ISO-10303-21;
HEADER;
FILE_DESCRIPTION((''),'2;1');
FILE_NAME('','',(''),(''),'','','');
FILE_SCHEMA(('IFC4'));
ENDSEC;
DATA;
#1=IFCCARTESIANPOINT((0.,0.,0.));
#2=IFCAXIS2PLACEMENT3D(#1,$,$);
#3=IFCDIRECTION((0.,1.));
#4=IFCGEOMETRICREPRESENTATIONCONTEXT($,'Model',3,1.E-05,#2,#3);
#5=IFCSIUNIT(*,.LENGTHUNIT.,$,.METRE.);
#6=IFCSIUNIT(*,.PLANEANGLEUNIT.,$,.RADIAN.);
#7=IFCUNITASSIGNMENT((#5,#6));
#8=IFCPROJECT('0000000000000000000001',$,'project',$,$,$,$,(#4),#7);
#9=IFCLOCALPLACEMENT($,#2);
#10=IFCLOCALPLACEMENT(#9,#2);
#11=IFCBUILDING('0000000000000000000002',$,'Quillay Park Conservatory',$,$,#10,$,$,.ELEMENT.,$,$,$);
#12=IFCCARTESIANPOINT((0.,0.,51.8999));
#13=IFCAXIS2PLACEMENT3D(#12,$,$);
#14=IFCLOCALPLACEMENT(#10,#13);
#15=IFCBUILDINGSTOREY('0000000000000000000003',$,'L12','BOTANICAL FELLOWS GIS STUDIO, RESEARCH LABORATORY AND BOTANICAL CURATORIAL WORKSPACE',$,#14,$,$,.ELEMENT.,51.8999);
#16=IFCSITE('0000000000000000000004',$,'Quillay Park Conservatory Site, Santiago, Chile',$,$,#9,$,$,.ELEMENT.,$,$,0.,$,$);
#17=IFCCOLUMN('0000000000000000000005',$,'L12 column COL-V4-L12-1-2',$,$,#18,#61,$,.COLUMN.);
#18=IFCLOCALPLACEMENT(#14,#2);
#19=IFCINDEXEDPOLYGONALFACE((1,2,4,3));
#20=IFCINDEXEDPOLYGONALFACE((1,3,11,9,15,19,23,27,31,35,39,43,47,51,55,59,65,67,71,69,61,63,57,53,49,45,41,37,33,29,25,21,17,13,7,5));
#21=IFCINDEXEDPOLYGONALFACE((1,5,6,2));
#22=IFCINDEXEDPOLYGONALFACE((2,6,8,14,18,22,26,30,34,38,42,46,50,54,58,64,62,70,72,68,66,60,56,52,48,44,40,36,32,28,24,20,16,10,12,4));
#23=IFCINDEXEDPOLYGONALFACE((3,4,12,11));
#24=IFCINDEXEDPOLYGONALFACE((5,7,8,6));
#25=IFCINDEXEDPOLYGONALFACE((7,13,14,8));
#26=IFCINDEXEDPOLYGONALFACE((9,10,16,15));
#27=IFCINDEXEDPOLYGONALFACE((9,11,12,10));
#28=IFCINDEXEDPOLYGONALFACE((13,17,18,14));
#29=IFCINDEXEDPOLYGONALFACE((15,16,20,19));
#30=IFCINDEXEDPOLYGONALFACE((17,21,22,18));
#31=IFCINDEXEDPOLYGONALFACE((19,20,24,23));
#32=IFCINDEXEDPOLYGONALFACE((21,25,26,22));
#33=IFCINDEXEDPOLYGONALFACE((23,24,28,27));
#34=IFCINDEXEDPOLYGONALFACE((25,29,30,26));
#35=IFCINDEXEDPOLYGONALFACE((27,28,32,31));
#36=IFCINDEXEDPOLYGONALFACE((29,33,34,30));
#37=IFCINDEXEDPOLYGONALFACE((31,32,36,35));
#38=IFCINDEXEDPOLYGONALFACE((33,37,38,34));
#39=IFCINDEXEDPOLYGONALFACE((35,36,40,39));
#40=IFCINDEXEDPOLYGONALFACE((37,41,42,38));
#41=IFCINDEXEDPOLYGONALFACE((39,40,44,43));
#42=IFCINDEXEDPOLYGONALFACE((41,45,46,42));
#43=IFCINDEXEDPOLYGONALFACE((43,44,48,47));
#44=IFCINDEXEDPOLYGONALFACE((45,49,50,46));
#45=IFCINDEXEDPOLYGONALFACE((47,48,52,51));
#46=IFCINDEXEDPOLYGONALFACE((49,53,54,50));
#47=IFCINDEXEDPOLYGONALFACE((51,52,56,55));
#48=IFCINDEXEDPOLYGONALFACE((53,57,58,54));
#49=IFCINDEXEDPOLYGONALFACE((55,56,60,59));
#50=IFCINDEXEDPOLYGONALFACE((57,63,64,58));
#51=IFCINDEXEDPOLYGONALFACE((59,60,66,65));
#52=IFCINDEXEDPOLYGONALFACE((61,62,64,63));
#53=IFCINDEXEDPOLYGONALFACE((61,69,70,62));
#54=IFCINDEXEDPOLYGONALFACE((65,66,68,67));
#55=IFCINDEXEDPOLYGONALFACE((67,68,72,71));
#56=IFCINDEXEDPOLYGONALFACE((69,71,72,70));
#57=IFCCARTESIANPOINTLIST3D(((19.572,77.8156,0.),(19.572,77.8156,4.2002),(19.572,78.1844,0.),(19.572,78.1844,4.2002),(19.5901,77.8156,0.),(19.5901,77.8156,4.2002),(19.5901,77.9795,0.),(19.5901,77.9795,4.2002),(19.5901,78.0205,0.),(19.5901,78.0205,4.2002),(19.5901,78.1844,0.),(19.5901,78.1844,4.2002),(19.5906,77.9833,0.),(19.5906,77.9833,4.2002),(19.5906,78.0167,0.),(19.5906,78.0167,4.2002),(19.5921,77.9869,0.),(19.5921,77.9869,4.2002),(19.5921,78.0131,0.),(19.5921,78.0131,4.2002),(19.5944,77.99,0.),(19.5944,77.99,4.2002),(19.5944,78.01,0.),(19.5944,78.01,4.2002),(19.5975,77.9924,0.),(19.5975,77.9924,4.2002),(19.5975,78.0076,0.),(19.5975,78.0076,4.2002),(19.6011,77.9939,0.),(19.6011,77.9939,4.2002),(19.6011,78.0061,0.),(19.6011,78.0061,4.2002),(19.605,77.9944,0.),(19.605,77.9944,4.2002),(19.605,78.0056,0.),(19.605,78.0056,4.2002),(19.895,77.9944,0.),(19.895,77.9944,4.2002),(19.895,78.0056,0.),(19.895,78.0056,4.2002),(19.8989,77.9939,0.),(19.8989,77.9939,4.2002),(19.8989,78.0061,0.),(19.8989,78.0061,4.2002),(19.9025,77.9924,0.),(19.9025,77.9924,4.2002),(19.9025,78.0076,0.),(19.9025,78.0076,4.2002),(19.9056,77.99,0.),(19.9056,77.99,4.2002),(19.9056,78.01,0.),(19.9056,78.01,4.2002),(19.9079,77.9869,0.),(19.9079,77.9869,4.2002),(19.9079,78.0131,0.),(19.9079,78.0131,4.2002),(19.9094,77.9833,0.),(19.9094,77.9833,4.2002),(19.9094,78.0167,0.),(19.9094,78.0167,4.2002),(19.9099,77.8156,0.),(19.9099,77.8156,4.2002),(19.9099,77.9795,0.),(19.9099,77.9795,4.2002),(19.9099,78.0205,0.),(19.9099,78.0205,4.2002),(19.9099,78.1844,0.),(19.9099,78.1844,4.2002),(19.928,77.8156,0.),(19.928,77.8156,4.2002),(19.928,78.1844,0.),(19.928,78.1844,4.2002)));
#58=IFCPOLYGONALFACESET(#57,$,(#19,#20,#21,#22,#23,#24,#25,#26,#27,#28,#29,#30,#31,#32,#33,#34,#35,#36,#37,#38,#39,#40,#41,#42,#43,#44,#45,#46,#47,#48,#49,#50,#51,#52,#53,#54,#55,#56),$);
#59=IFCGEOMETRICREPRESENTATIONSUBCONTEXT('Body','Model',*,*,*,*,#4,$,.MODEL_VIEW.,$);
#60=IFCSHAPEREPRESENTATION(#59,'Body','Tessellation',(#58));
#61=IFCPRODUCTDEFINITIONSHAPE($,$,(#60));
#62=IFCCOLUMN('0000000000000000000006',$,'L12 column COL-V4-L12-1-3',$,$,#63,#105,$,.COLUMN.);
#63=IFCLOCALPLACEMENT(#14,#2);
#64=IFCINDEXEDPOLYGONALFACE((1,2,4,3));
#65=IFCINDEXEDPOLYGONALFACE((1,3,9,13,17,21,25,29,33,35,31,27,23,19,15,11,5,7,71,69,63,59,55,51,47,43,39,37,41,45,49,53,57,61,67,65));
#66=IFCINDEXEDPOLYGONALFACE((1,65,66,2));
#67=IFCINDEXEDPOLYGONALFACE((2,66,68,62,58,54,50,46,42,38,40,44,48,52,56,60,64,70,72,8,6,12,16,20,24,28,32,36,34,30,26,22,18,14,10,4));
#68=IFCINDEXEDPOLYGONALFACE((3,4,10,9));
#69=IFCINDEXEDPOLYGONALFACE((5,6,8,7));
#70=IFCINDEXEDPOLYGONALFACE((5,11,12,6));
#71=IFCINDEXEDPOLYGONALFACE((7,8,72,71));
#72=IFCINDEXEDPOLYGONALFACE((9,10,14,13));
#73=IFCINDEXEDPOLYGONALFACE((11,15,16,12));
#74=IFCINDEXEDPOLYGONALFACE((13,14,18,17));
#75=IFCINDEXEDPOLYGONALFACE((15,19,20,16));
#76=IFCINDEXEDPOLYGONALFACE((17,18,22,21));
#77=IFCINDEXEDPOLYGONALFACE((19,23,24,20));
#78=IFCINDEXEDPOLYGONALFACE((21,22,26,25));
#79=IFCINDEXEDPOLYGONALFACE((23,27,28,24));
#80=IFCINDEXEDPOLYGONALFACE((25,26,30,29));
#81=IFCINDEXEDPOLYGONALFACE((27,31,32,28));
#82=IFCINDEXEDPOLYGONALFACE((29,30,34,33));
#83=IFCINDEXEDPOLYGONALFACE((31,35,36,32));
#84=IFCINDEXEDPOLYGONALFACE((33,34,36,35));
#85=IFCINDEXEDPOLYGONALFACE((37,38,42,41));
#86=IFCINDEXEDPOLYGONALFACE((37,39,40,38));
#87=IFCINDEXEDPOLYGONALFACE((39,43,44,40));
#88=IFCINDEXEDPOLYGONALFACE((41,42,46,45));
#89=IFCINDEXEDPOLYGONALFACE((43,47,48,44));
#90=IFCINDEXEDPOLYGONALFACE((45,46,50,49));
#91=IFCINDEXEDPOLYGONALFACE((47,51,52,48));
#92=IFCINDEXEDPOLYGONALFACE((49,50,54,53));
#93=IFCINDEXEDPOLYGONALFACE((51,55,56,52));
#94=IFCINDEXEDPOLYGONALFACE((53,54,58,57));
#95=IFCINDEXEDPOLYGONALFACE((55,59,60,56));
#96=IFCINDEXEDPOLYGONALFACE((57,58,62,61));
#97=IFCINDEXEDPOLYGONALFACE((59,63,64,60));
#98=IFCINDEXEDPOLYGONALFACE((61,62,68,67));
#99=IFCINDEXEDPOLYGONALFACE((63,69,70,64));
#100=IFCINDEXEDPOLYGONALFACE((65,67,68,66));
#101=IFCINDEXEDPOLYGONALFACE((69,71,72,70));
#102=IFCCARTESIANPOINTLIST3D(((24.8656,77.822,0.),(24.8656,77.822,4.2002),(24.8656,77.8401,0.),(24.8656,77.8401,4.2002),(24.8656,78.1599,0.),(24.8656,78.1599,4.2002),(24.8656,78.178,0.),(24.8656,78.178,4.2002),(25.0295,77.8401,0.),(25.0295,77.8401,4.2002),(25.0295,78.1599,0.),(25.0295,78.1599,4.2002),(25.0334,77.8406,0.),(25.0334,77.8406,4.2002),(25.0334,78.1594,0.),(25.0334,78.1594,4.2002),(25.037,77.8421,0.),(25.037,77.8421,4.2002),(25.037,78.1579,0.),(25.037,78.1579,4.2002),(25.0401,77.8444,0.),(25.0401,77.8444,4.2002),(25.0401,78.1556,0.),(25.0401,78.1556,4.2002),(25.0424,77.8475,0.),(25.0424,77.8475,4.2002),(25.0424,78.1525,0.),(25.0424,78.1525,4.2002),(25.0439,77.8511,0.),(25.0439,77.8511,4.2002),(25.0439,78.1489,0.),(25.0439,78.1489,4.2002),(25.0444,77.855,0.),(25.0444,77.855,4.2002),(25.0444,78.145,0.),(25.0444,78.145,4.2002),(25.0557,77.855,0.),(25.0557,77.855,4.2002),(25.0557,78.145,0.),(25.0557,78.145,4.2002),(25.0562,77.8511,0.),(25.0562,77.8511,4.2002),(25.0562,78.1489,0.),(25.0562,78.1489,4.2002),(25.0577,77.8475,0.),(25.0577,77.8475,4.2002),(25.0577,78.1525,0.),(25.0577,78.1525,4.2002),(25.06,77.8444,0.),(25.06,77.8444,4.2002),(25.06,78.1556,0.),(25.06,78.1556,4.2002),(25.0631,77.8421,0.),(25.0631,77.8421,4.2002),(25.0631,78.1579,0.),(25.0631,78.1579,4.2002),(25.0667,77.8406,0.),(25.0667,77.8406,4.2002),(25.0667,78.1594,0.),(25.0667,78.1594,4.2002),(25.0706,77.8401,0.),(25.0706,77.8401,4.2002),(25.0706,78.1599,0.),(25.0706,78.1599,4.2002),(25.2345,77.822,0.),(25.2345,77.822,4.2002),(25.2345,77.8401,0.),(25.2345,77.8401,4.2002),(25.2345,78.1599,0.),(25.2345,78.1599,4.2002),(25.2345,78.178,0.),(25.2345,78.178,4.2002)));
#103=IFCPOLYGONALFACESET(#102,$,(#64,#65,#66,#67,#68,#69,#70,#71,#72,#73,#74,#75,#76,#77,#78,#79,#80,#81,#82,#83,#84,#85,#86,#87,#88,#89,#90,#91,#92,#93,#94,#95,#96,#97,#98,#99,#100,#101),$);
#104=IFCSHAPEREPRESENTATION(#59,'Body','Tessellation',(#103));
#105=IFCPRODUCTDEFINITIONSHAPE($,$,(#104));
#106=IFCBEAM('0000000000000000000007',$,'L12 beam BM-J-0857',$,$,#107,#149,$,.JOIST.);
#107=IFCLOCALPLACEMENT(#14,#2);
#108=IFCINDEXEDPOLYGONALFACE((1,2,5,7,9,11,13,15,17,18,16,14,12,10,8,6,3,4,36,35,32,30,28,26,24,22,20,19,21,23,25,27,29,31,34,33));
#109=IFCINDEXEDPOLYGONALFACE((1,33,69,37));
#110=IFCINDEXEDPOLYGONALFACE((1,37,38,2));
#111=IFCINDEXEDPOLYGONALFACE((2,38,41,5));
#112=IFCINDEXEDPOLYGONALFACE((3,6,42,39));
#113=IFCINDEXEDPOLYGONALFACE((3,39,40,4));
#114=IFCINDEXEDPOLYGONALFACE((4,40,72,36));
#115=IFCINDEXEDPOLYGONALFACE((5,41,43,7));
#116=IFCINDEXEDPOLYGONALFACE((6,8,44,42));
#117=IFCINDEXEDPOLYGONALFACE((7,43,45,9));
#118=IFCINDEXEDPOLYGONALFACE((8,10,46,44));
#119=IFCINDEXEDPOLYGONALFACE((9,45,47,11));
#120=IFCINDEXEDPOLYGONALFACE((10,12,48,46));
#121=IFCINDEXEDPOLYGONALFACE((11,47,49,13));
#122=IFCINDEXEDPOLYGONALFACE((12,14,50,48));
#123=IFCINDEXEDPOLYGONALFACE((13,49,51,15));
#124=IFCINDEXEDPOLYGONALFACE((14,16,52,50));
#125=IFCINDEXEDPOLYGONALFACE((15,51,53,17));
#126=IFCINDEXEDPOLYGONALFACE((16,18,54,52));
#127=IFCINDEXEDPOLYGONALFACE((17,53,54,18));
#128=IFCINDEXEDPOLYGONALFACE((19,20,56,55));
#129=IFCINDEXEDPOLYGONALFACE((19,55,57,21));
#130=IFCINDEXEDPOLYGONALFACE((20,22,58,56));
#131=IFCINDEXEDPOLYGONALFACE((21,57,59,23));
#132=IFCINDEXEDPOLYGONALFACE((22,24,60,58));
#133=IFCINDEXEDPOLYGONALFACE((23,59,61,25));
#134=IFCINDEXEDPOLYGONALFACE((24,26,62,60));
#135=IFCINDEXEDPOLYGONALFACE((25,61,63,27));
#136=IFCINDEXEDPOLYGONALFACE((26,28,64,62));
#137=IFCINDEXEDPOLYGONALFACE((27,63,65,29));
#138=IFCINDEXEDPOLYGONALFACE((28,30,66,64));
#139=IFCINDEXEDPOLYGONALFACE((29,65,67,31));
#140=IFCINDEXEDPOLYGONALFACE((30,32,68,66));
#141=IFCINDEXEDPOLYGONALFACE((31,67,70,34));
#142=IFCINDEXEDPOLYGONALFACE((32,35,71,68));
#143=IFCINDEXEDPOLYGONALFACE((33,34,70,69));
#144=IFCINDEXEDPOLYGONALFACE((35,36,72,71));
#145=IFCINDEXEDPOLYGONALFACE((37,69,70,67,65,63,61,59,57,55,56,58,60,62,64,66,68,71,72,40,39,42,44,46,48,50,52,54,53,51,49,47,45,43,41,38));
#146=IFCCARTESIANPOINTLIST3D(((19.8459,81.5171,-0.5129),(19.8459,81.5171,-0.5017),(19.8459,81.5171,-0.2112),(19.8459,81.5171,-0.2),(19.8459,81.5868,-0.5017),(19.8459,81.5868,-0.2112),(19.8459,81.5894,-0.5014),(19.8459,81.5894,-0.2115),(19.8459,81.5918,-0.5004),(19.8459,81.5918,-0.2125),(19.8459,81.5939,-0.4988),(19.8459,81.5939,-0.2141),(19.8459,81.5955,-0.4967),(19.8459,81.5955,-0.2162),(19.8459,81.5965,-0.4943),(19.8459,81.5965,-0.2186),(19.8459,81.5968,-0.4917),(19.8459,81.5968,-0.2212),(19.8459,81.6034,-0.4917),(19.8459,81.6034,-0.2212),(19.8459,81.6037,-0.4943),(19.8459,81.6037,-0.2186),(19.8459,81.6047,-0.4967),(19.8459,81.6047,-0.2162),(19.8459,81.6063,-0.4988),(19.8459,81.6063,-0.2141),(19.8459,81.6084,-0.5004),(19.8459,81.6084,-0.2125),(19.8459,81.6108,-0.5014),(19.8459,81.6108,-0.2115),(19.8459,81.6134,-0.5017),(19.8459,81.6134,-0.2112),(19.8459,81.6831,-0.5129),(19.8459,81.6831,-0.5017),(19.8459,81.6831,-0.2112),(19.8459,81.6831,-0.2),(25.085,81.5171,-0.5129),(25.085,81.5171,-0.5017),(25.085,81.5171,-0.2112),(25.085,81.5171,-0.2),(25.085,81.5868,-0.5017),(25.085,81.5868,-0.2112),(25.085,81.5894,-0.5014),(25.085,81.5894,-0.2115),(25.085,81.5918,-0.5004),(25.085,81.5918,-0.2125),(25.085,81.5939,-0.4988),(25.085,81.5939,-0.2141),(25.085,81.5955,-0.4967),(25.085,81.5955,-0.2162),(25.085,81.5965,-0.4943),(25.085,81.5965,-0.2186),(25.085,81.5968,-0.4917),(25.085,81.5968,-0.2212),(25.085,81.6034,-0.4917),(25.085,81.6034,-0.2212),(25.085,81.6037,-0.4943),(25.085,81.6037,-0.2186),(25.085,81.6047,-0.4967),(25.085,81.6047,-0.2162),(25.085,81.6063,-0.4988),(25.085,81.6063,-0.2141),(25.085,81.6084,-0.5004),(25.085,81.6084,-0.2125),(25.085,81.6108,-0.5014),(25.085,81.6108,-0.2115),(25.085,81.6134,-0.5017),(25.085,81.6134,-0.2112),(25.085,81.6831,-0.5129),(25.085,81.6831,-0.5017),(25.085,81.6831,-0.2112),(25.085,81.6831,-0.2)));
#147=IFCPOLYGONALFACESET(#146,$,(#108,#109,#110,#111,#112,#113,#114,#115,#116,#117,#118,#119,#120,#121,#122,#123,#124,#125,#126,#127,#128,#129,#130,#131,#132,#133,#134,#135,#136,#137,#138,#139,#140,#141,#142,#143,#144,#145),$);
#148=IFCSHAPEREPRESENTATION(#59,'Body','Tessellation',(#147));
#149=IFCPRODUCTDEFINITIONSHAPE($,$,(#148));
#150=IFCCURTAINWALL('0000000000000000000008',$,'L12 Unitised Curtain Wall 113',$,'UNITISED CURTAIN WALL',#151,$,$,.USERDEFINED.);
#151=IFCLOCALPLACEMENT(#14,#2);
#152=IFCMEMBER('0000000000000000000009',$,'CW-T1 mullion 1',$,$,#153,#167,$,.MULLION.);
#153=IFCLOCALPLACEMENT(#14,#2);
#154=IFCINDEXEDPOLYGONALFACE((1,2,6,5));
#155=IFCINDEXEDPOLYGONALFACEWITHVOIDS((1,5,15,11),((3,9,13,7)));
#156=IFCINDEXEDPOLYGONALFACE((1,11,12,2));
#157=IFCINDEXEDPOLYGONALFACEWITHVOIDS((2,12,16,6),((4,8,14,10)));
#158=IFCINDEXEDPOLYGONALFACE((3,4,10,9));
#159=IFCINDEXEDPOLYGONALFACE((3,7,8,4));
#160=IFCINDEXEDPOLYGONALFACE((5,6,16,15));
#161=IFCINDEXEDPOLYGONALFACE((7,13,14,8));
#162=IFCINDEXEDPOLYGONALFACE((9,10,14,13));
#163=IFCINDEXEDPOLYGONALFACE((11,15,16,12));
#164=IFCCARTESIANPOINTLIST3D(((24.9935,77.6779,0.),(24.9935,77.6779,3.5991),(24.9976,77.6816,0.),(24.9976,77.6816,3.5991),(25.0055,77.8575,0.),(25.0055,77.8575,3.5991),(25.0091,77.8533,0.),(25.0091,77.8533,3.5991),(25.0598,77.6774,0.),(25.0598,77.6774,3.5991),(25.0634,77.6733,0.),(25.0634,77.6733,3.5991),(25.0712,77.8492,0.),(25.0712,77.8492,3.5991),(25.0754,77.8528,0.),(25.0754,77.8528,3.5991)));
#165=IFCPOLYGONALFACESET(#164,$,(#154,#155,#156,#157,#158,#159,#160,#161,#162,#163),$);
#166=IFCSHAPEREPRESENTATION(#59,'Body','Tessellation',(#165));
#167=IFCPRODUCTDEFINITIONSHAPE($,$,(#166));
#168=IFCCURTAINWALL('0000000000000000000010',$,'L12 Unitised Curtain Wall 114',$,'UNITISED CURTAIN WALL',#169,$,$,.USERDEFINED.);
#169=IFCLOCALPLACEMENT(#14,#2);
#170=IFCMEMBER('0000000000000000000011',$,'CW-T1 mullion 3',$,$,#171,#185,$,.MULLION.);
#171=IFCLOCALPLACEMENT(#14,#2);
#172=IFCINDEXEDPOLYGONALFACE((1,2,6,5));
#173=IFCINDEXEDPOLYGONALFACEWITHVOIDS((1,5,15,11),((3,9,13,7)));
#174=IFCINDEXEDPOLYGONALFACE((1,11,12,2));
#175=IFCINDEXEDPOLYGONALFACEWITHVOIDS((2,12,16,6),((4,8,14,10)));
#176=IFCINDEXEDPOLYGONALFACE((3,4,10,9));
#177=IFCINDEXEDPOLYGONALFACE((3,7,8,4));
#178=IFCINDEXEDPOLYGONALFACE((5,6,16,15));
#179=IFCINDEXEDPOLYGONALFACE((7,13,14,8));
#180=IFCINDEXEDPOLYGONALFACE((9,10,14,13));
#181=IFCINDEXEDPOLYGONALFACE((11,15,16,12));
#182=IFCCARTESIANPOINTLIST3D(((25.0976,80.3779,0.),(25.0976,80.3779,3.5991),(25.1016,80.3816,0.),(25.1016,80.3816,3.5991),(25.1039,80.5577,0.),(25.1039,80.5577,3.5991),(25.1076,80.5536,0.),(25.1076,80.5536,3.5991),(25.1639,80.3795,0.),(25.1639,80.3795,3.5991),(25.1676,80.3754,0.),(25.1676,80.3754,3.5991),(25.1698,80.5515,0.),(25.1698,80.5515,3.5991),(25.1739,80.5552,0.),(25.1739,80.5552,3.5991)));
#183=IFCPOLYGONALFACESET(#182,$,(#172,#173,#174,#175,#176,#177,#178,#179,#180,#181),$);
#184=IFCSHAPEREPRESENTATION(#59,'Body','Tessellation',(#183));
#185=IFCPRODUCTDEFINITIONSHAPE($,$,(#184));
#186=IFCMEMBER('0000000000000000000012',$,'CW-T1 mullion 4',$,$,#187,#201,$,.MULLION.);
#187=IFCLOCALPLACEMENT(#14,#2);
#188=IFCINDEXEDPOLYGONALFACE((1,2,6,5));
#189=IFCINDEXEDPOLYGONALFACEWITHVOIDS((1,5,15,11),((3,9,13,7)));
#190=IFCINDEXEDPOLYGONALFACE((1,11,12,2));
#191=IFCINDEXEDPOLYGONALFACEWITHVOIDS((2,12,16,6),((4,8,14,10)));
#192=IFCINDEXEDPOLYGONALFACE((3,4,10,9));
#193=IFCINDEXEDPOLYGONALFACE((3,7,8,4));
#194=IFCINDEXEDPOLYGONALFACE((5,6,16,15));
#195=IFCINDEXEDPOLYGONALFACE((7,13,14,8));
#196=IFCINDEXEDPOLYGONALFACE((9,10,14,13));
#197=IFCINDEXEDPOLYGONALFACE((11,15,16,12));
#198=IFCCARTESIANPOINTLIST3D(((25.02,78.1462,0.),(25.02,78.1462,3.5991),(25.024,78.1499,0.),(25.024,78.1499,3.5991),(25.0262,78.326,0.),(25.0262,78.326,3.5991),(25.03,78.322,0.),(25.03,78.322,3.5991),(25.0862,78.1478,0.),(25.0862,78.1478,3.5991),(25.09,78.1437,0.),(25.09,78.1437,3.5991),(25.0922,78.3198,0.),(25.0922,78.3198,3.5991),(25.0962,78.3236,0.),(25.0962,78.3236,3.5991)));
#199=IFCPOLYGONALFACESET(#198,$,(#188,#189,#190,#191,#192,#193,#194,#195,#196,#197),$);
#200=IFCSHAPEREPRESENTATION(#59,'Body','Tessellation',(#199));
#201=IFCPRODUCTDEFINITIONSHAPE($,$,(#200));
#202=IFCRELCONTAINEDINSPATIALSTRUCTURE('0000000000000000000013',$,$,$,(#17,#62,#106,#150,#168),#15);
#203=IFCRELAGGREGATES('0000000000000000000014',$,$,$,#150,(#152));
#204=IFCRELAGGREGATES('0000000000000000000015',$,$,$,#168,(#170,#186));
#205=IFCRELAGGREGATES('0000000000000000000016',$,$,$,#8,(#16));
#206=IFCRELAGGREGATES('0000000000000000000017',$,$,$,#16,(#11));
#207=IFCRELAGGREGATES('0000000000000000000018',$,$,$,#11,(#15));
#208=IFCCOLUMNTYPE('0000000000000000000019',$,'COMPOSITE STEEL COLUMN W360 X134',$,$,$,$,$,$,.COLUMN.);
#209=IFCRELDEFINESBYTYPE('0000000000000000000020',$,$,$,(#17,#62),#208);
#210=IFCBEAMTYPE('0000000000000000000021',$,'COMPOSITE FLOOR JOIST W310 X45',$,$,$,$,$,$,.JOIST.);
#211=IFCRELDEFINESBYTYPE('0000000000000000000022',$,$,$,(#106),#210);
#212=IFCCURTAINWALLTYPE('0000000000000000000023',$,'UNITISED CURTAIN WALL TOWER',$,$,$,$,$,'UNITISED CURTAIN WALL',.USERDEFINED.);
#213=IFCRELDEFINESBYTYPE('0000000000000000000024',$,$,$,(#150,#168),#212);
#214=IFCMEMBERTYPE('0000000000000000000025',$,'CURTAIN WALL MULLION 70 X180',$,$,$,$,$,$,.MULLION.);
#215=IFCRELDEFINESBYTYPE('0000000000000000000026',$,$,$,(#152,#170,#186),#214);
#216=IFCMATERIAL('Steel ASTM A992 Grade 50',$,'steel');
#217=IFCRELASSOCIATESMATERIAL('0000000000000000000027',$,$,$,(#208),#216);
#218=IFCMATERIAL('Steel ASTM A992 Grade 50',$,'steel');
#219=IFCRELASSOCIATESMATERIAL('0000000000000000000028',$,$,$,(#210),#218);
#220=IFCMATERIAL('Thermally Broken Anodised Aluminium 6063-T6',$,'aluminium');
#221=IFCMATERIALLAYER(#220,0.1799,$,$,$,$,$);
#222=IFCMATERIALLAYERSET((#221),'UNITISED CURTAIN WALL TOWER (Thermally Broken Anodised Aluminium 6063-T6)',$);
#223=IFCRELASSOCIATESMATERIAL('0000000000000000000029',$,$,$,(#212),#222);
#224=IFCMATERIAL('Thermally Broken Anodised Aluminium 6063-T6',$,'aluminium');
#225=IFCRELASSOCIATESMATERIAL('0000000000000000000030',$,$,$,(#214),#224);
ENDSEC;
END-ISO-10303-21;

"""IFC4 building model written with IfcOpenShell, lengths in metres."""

from ifc_helpers import new_model, si_unit, direction, frame, origin, origin_2d, place, context, subcontext, project, spatial, hollow_rectangle, i_section, extrude, material, layer, layer_set, material_profile, profile_set, type_object, element, aggregate, save


model = new_model("IFC4")

# Units and contexts
model_context = context("Model", 3, precision=1e-05, world=origin(), true_north=direction((0.0, 1.0)))
body_context = subcontext(model_context, "Body", "Model", "MODEL_VIEW")
ifc_project = project(units=[si_unit("LENGTHUNIT", "METRE"), si_unit("PLANEANGLEUNIT", "RADIAN")], contexts=[model_context])

# Site, building, storey
site_placement = place(None, origin())
site = spatial("IfcSite", under=ifc_project, at=site_placement, Name="Quillay Park Conservatory Site, Santiago, Chile", CompositionType="ELEMENT", RefElevation=0.0)
building_placement = place(site_placement, origin())
building = spatial("IfcBuilding", under=site, at=building_placement, Name="Quillay Park Conservatory", CompositionType="ELEMENT")
storey_placement = place(building_placement, frame((0.0, 0.0, 51.8999)))
storey = spatial("IfcBuildingStorey", under=building, at=storey_placement, Name="L12", Description="BOTANICAL FELLOWS GIS STUDIO, RESEARCH LABORATORY AND BOTANICAL CURATORIAL WORKSPACE", CompositionType="ELEMENT", Elevation=51.8999)

# Columns
ifc_material_1 = material(Name="Steel ASTM A992 Grade 50", Category="steel")
ifc_material_profile_1 = material_profile(ifc_material_1, i_section(OverallWidth=0.3689, OverallDepth=0.356, WebThickness=0.0112, FlangeThickness=0.0181, FilletRadius=0.0149, at=origin_2d()), Name="W360x134")
ifc_profile_set_1 = profile_set([ifc_material_profile_1], Name="Steel ASTM A992 Grade 50")
column_type = type_object("IfcColumnType", Name="COMPOSITE STEEL COLUMN W360 X134", PredefinedType="COLUMN", material=ifc_profile_set_1)
for number, where, z_axis, x_axis, name in (
    (1, (19.75, 78.0, 0.0), (0.0, 0.0, 1.0), (0.0, 1.0, 0.0), "L12 column COL-V4-L12-1-2"),
    (2, (25.05, 78.0, 0.0), (0.0, 0.0, 1.0), (1.0, 0.0, 0.0), "L12 column COL-V4-L12-1-3"),
):
    element("IfcColumn", number, at=place(storey_placement, frame(where, z_axis=z_axis, x_axis=x_axis)), inside=storey, type_object=column_type, Name=name, PredefinedType="COLUMN", context=body_context, shape_type="SweptSolid", body=[
        extrude(i_section(OverallWidth=0.3689, OverallDepth=0.356, WebThickness=0.0112, FlangeThickness=0.0181, FilletRadius=0.0149, at=origin_2d()), origin(), (0.0, 0.0, 1.0), 4.2002),
    ])

# Beam
ifc_material_2 = material(Name="Steel ASTM A992 Grade 50", Category="steel")
ifc_material_profile_2 = material_profile(ifc_material_2, i_section(OverallWidth=0.166, OverallDepth=0.313, WebThickness=0.0066, FlangeThickness=0.0112, FilletRadius=0.01, at=origin_2d()), Name="W310x45")
ifc_profile_set_2 = profile_set([ifc_material_profile_2], Name="Steel ASTM A992 Grade 50")
beam_type_1 = type_object("IfcBeamType", Name="COMPOSITE FLOOR JOIST W310 X45", PredefinedType="JOIST", material=ifc_profile_set_2)
beam_1_placement = place(storey_placement, frame((19.8459, 81.6001, -0.3564), z_axis=(1.0, 0.0, 0.0), x_axis=(0.0, 1.0, 0.0)))
element("IfcBeam", 3, at=beam_1_placement, inside=storey, type_object=beam_type_1, Name="L12 beam BM-J-0857", PredefinedType="JOIST", context=body_context, shape_type="SweptSolid", body=[
    extrude(i_section(OverallWidth=0.166, OverallDepth=0.313, WebThickness=0.0066, FlangeThickness=0.0112, FilletRadius=0.01, at=origin_2d()), origin(), (0.0, 0.0, 1.0), 5.239),
])

# Curtain wall, member
ifc_material_3 = material(Name="Thermally Broken Anodised Aluminium 6063-T6", Category="aluminium")
ifc_layer_1 = layer(ifc_material_3, 0.1799)
ifc_layer_set_1 = layer_set([ifc_layer_1], Name="UNITISED CURTAIN WALL TOWER (Thermally Broken Anodised Aluminium 6063-T6)")
curtain_wall_type = type_object("IfcCurtainWallType", Name="UNITISED CURTAIN WALL TOWER", ElementType="UNITISED CURTAIN WALL", PredefinedType="USERDEFINED", material=ifc_layer_set_1)
curtain_wall_1_placement = place(storey_placement, origin())
curtain_wall_1 = element("IfcCurtainWall", 4, at=curtain_wall_1_placement, inside=storey, type_object=curtain_wall_type, Name="L12 Unitised Curtain Wall 113", ObjectType="UNITISED CURTAIN WALL", PredefinedType="USERDEFINED")
ifc_material_4 = material(Name="Thermally Broken Anodised Aluminium 6063-T6", Category="aluminium")
ifc_material_profile_3 = material_profile(ifc_material_4, hollow_rectangle(XDim=0.0701, YDim=0.1799, WallThickness=0.0039, at=origin_2d()), Name="AL70x180x4")
ifc_profile_set_3 = profile_set([ifc_material_profile_3], Name="Thermally Broken Anodised Aluminium 6063-T6")
member_type_1 = type_object("IfcMemberType", Name="CURTAIN WALL MULLION 70 X180", PredefinedType="MULLION", material=ifc_profile_set_3)
member_1_placement = place(storey_placement, frame((25.0344, 77.7654, 0.0), z_axis=(0.0, 0.0, 1.0), x_axis=(0.997785, -0.066521, 0.0)))
member_1 = element("IfcMember", 5, at=member_1_placement, type_object=member_type_1, Name="CW-T1 mullion 1", PredefinedType="MULLION", context=body_context, shape_type="SweptSolid", body=[
    extrude(hollow_rectangle(XDim=0.0701, YDim=0.1799, WallThickness=0.0039, at=origin_2d()), origin(), (0.0, 0.0, 1.0), 3.5991),
])

# Curtain wall, members
curtain_wall_2_placement = place(storey_placement, origin())
curtain_wall_2 = element("IfcCurtainWall", 6, at=curtain_wall_2_placement, inside=storey, type_object=curtain_wall_type, Name="L12 Unitised Curtain Wall 114", ObjectType="UNITISED CURTAIN WALL", PredefinedType="USERDEFINED")
member_2_placement = place(storey_placement, frame((25.1357, 80.4666, 0.0), z_axis=(0.0, 0.0, 1.0), x_axis=(0.999397, -0.034713, 0.0)))
member_2 = element("IfcMember", 7, at=member_2_placement, type_object=member_type_1, Name="CW-T1 mullion 3", PredefinedType="MULLION", context=body_context, shape_type="SweptSolid", body=[
    extrude(hollow_rectangle(XDim=0.0701, YDim=0.1799, WallThickness=0.0039, at=origin_2d()), origin(), (0.0, 0.0, 1.0), 3.5991),
])
member_3_placement = place(storey_placement, frame((25.0581, 78.2349, 0.0), z_axis=(0.0, 0.0, 1.0), x_axis=(0.999397, -0.034713, 0.0)))
member_3 = element("IfcMember", 8, at=member_3_placement, type_object=member_type_1, Name="CW-T1 mullion 4", PredefinedType="MULLION", context=body_context, shape_type="SweptSolid", body=[
    extrude(hollow_rectangle(XDim=0.0701, YDim=0.1799, WallThickness=0.0039, at=origin_2d()), origin(), (0.0, 0.0, 1.0), 3.5991),
])

aggregate(curtain_wall_1, [member_1])
aggregate(curtain_wall_2, [member_2, member_3])

save(model, "model.ifc")
